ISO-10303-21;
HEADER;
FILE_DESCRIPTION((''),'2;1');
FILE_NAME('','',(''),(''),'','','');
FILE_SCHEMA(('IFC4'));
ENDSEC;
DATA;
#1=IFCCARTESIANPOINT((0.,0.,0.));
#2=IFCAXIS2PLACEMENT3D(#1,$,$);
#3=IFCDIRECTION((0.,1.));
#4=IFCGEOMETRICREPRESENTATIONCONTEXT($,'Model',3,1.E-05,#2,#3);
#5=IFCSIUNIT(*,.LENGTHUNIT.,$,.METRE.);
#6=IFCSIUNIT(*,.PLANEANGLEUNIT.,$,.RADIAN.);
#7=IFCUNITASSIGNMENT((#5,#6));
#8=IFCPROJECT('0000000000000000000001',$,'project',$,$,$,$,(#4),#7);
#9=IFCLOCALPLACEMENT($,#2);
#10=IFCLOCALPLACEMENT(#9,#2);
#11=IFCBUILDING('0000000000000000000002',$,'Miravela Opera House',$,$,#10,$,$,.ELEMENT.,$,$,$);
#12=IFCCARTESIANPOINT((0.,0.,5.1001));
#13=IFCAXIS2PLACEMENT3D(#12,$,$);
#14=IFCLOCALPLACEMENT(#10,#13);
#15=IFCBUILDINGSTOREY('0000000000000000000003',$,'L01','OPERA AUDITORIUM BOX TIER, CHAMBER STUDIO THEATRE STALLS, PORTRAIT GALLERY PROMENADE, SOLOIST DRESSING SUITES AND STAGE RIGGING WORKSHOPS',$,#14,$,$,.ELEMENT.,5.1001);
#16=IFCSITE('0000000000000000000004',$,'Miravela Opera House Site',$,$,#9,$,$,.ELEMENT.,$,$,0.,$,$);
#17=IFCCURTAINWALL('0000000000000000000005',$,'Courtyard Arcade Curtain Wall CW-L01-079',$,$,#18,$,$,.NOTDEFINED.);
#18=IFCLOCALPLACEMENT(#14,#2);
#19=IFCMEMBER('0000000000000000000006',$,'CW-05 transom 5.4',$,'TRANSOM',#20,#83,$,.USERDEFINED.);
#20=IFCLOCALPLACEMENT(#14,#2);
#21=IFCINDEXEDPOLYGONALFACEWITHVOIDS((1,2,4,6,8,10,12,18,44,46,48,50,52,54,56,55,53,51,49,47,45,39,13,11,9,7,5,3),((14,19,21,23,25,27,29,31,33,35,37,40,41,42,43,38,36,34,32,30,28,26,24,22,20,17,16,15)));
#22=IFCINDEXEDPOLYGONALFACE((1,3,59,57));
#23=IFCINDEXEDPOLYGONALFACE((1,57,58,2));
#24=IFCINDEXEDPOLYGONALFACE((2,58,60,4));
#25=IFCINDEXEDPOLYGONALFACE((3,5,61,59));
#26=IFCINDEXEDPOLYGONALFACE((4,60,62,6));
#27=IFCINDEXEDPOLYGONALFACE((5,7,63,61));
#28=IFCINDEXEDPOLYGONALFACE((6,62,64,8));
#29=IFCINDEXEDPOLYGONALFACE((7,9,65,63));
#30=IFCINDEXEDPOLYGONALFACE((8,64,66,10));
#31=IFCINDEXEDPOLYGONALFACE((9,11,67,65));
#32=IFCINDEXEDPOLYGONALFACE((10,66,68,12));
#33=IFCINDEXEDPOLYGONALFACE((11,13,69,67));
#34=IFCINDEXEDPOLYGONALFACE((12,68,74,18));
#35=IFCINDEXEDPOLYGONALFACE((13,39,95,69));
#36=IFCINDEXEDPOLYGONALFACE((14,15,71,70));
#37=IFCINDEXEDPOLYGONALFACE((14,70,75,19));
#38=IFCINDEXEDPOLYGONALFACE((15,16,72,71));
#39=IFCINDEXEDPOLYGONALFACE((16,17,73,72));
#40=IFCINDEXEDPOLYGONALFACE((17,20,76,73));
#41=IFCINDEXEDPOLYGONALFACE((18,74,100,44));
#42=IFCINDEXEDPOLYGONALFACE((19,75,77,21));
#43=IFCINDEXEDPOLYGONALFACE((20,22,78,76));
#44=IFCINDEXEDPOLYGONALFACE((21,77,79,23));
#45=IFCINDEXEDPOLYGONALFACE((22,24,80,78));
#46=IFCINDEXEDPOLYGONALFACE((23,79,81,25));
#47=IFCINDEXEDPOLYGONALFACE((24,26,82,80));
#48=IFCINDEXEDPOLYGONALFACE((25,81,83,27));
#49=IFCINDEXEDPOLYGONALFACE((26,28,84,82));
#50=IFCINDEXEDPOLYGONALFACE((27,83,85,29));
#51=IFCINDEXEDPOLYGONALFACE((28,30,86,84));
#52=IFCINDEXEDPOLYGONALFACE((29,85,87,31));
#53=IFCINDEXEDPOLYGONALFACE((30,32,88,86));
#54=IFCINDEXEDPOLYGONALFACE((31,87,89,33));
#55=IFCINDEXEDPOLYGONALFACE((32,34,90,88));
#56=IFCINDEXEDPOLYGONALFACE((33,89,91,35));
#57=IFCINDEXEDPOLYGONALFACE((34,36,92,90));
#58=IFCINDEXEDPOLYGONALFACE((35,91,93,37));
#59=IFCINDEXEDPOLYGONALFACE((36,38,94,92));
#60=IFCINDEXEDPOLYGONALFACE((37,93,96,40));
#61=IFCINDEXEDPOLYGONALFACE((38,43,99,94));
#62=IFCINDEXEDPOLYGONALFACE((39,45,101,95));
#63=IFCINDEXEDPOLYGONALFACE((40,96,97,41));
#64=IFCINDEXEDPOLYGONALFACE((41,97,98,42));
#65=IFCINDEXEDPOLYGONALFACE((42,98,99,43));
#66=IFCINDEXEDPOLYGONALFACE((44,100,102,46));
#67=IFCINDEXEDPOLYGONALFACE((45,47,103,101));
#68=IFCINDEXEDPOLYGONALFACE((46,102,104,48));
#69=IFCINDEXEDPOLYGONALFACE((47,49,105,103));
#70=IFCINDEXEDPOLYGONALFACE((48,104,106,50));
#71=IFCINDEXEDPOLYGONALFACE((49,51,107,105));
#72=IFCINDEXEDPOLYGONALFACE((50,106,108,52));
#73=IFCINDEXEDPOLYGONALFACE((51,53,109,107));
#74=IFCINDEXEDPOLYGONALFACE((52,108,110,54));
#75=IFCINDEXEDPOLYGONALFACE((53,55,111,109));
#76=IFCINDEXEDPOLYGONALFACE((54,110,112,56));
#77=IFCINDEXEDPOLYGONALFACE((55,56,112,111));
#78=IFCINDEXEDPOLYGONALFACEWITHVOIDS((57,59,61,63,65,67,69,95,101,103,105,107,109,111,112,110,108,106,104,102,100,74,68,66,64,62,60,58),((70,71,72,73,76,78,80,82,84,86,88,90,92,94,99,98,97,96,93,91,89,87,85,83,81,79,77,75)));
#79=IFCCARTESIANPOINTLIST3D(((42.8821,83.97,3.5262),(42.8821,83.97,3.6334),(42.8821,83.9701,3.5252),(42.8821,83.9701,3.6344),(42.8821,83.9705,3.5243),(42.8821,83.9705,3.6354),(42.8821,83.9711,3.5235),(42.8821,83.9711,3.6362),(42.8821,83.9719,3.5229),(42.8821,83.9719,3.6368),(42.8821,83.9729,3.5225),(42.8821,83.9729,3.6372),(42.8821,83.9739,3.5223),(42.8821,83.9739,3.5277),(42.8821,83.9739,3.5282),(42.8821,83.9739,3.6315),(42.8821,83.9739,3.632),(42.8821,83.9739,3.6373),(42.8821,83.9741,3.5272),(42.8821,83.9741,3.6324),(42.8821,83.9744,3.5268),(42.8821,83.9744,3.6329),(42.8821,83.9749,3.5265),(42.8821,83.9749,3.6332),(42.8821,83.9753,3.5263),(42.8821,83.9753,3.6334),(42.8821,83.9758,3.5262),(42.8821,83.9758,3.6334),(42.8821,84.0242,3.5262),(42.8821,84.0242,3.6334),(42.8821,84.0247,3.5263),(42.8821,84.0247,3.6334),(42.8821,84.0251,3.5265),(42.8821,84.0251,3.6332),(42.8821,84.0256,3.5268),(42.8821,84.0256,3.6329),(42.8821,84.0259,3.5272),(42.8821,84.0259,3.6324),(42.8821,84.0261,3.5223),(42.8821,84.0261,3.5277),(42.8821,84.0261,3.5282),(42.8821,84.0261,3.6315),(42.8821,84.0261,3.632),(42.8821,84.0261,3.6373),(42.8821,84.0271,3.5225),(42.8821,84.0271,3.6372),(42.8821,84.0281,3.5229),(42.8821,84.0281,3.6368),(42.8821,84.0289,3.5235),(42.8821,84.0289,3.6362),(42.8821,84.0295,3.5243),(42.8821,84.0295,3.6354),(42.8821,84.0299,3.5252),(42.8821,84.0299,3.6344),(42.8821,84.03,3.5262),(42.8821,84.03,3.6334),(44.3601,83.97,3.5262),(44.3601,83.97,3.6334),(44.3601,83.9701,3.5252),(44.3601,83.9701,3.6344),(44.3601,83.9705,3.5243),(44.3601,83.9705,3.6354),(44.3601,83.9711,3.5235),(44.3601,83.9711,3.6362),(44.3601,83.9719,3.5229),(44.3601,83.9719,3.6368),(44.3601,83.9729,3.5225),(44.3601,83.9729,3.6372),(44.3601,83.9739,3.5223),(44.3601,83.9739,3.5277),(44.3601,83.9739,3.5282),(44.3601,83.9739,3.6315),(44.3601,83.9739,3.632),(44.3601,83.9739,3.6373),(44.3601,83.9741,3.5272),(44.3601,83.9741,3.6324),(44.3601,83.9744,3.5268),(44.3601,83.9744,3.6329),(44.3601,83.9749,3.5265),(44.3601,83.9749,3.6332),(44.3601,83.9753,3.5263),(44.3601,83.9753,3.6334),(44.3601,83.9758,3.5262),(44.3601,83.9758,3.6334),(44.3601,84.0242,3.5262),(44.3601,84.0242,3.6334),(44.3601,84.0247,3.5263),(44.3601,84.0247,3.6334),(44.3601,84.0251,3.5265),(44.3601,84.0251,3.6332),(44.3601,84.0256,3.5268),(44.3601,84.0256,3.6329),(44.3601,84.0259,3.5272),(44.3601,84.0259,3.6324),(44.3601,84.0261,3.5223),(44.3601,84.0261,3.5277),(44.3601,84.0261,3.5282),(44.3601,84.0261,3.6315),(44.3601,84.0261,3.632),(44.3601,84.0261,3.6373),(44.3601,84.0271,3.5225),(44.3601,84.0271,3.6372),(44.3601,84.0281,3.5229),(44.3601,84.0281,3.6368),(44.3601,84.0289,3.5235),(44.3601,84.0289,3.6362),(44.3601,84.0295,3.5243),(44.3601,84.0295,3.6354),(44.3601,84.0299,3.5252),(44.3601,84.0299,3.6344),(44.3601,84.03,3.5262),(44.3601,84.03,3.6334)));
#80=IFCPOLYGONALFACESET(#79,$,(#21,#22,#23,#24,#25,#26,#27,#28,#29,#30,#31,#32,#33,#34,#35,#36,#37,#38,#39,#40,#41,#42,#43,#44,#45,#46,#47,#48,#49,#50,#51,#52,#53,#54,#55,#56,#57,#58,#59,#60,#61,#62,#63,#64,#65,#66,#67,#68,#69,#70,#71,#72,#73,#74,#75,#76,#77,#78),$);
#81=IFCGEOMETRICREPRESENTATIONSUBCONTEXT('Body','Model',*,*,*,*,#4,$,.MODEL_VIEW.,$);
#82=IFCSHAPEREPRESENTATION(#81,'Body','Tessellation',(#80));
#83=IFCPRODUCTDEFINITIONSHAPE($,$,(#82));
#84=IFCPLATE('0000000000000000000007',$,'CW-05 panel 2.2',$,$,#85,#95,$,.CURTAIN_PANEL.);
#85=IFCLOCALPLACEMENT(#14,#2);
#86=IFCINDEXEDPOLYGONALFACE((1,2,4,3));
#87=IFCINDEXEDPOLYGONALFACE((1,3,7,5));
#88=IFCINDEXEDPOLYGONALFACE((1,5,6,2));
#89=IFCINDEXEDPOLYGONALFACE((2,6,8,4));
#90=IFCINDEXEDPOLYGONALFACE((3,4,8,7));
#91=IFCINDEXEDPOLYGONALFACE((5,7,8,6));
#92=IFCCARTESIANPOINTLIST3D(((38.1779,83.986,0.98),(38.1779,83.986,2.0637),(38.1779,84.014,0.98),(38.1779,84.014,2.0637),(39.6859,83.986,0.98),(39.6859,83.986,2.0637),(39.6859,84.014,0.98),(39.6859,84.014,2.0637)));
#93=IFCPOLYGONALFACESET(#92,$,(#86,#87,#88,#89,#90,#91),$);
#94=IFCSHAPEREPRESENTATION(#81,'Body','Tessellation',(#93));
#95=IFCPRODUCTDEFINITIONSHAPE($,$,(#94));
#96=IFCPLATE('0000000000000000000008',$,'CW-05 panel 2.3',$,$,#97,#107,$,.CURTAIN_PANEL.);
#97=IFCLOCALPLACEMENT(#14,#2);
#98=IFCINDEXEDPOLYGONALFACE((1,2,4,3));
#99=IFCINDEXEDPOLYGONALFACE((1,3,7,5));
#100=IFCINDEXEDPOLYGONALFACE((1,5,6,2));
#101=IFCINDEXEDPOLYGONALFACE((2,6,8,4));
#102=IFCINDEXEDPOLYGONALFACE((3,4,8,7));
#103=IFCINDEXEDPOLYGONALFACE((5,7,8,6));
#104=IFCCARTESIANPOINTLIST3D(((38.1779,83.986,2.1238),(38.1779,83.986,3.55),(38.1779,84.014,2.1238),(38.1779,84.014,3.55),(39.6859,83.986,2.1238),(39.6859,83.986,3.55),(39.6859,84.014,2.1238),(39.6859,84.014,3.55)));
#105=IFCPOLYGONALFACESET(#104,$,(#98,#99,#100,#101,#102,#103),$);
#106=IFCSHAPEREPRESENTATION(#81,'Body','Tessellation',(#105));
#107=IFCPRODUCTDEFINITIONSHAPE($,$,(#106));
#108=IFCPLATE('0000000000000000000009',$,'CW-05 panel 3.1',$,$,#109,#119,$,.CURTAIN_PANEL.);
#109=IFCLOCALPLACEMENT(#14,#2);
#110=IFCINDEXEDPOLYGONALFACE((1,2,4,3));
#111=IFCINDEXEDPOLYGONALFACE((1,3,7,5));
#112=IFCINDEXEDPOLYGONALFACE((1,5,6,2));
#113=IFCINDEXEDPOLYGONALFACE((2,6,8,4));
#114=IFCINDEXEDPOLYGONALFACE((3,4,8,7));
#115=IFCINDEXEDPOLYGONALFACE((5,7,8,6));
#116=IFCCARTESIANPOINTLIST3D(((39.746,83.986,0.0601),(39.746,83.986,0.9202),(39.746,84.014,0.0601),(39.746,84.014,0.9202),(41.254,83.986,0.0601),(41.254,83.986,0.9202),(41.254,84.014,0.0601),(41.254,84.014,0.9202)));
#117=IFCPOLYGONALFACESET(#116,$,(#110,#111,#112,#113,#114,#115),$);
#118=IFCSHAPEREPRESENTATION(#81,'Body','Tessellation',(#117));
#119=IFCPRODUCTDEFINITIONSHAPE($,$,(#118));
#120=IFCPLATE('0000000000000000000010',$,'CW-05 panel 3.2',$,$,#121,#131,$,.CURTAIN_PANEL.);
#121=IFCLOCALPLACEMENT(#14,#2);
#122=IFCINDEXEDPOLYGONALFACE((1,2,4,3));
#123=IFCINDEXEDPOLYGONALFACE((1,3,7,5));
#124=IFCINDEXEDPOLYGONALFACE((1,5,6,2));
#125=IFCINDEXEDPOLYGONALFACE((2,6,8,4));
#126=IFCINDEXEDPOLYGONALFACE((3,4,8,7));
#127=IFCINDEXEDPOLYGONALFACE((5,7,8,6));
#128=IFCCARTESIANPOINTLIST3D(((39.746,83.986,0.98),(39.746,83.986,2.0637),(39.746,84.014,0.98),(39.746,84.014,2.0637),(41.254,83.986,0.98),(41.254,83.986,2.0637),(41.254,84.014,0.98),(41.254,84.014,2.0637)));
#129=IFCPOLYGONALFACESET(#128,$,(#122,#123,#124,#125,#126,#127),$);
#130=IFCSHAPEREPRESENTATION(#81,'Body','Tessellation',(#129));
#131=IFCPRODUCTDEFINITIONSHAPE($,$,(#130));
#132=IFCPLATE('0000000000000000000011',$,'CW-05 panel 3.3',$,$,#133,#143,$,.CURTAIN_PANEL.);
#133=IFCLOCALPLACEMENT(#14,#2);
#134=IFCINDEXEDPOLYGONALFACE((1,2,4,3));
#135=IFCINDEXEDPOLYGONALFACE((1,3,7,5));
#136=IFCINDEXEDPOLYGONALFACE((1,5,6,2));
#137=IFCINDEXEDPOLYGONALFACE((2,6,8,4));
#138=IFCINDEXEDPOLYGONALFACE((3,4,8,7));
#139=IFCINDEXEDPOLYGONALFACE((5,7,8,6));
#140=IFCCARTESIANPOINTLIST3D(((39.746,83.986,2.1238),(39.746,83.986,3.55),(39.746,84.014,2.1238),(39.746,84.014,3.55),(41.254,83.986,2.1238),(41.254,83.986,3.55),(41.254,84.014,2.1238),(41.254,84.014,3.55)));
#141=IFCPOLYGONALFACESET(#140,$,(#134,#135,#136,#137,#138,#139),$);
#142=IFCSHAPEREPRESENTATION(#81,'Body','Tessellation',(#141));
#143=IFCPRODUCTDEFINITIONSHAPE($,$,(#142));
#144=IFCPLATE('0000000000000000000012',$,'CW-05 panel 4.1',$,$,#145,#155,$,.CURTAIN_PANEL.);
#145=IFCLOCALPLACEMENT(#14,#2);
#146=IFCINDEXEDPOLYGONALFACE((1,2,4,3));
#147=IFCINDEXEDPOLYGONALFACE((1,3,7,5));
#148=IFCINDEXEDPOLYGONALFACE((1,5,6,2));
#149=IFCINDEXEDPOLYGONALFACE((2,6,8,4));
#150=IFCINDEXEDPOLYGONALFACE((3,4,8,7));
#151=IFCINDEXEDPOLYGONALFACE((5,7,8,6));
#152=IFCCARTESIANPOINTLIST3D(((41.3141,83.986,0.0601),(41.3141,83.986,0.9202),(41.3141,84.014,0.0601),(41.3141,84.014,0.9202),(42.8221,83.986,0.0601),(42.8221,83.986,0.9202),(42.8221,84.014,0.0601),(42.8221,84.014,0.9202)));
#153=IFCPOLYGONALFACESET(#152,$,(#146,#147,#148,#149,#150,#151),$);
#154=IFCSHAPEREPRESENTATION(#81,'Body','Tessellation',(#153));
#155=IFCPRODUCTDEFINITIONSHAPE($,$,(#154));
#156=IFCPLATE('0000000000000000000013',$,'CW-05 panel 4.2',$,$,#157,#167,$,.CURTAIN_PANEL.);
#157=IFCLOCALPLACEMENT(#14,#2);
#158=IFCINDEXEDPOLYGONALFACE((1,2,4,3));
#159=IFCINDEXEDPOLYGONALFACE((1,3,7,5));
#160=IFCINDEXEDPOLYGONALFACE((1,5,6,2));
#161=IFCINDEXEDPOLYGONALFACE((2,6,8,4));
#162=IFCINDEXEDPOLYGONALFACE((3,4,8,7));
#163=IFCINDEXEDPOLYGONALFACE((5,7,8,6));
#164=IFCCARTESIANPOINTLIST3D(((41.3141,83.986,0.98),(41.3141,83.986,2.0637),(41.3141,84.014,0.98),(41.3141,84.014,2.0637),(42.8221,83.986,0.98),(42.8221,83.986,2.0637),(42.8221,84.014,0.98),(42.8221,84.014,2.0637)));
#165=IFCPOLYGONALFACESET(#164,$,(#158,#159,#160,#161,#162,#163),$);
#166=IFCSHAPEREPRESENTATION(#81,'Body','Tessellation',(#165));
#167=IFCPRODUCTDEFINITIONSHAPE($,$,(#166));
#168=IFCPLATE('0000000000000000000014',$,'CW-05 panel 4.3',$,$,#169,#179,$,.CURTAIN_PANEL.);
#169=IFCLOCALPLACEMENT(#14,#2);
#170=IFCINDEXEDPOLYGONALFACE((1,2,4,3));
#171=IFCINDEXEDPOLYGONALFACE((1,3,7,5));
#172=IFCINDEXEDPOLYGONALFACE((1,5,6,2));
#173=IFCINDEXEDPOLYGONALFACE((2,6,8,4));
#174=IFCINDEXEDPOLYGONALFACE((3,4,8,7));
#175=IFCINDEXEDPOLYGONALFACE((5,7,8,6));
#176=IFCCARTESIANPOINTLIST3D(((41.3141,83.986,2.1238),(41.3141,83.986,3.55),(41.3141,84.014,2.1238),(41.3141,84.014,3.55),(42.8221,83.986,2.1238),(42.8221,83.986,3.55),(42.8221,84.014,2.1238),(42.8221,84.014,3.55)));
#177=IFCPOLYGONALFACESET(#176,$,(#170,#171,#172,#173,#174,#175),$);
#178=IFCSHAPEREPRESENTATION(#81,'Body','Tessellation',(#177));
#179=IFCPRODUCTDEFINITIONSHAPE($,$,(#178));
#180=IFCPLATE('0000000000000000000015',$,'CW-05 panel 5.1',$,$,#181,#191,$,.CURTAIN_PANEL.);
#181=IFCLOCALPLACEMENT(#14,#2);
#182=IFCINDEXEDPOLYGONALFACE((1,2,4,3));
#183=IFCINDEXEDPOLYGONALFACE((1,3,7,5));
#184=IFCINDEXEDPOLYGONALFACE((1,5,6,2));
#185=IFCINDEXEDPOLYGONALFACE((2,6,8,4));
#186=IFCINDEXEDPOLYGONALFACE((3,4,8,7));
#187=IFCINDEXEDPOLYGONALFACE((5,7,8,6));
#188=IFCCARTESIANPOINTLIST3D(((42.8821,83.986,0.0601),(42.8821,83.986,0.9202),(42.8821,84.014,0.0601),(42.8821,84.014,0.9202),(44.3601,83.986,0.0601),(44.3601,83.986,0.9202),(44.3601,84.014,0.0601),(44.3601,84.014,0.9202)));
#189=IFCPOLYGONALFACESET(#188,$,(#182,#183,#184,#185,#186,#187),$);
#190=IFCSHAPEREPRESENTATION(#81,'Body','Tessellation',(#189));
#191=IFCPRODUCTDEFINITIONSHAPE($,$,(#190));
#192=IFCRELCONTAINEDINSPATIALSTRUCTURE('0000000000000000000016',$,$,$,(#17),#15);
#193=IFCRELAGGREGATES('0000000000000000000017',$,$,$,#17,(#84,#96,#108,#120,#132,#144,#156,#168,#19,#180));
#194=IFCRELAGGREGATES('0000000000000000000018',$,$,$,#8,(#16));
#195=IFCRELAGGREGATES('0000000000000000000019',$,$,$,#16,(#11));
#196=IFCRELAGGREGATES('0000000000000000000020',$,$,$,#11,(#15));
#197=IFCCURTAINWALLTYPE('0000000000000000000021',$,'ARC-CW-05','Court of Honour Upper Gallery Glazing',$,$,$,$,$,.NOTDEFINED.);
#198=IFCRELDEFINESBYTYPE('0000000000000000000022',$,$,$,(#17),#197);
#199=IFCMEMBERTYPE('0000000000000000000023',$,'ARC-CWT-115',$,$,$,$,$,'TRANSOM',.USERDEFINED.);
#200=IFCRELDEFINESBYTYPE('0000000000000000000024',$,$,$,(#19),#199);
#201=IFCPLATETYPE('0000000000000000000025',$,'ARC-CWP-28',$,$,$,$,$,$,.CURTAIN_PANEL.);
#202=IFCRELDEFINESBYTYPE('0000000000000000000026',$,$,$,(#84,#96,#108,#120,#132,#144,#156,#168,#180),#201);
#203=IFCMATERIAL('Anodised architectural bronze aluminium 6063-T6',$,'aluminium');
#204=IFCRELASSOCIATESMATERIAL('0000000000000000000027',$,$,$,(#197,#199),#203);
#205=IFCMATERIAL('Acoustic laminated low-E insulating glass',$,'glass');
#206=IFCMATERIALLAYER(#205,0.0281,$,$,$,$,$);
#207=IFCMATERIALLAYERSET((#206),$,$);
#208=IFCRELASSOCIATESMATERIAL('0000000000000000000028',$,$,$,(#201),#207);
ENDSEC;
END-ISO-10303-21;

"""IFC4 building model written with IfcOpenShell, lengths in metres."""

from ifc_helpers import new_model, si_unit, direction, frame, origin, origin_2d, place, context, subcontext, project, spatial, rectangle, hollow_rectangle, extrude, material, layer, layer_set, material_profile, profile_set, type_object, element, aggregate, save


model = new_model("IFC4")

# Units and contexts
model_context = context("Model", 3, precision=1e-05, world=origin(), true_north=direction((0.0, 1.0)))
body_context = subcontext(model_context, "Body", "Model", "MODEL_VIEW")
ifc_project = project(units=[si_unit("LENGTHUNIT", "METRE"), si_unit("PLANEANGLEUNIT", "RADIAN")], contexts=[model_context])

# Site, building, storey
site_placement = place(None, origin())
site = spatial("IfcSite", under=ifc_project, at=site_placement, Name="Miravela Opera House Site", CompositionType="ELEMENT", RefElevation=0.0)
building_placement = place(site_placement, origin())
building = spatial("IfcBuilding", under=site, at=building_placement, Name="Miravela Opera House", CompositionType="ELEMENT")
storey_placement = place(building_placement, frame((0.0, 0.0, 5.1001)))
storey = spatial("IfcBuildingStorey", under=building, at=storey_placement, Name="L01", Description="OPERA AUDITORIUM BOX TIER, CHAMBER STUDIO THEATRE STALLS, PORTRAIT GALLERY PROMENADE, SOLOIST DRESSING SUITES AND STAGE RIGGING WORKSHOPS", CompositionType="ELEMENT", Elevation=5.1001)

# Curtain wall, member, plates
ifc_material_1 = material(Name="Anodised architectural bronze aluminium 6063-T6", Category="aluminium")
curtain_wall_type = type_object("IfcCurtainWallType", Name="ARC-CW-05", Description="Court of Honour Upper Gallery Glazing", PredefinedType="NOTDEFINED", material=ifc_material_1)
curtain_wall_placement = place(storey_placement, origin())
curtain_wall = element("IfcCurtainWall", 1, at=curtain_wall_placement, inside=storey, type_object=curtain_wall_type, Name="Courtyard Arcade Curtain Wall CW-L01-079", PredefinedType="NOTDEFINED")
ifc_material_profile_1 = material_profile(ifc_material_1, hollow_rectangle(XDim=0.0601, YDim=0.115, WallThickness=0.0039, InnerFilletRadius=0.002, OuterFilletRadius=0.0039, at=origin_2d()), Name="CWT-60X115")
ifc_profile_set_1 = profile_set([ifc_material_profile_1])
member_type_1 = type_object("IfcMemberType", Name="ARC-CWT-115", ElementType="TRANSOM", PredefinedType="USERDEFINED", material=ifc_profile_set_1)
member_1_placement = place(storey_placement, frame((42.8821, 84.0, 3.5798), z_axis=(1.0, 0.0, 0.0), x_axis=(0.0, 1.0, 0.0)))
member_1 = element("IfcMember", 2, at=member_1_placement, type_object=member_type_1, Name="CW-05 transom 5.4", ObjectType="TRANSOM", PredefinedType="USERDEFINED", context=body_context, shape_type="SweptSolid", body=[
    extrude(hollow_rectangle(XDim=0.0601, YDim=0.115, WallThickness=0.0039, InnerFilletRadius=0.002, OuterFilletRadius=0.0039, at=origin_2d()), origin(), (0.0, 0.0, 1.0), 1.478),
])
ifc_material_2 = material(Name="Acoustic laminated low-E insulating glass", Category="glass")
ifc_layer = layer(ifc_material_2, 0.0281)
ifc_layer_set = layer_set([ifc_layer])
plate_type = type_object("IfcPlateType", Name="ARC-CWP-28", PredefinedType="CURTAIN_PANEL", material=ifc_layer_set)
plate_1_placement = place(storey_placement, frame((38.9319, 84.0, 0.98), z_axis=(0.0, 0.0, 1.0), x_axis=(1.0, 0.0, 0.0)))
plate_1 = element("IfcPlate", 3, at=plate_1_placement, type_object=plate_type, Name="CW-05 panel 2.2", PredefinedType="CURTAIN_PANEL", context=body_context, shape_type="SweptSolid", body=[
    extrude(rectangle(XDim=1.5081, YDim=0.0281, at=origin_2d()), origin(), (0.0, 0.0, 1.0), 1.0837),
])
plate_2_placement = place(storey_placement, frame((38.9319, 84.0, 2.1238), z_axis=(0.0, 0.0, 1.0), x_axis=(1.0, 0.0, 0.0)))
plate_2 = element("IfcPlate", 4, at=plate_2_placement, type_object=plate_type, Name="CW-05 panel 2.3", PredefinedType="CURTAIN_PANEL", context=body_context, shape_type="SweptSolid", body=[
    extrude(rectangle(XDim=1.5081, YDim=0.0281, at=origin_2d()), origin(), (0.0, 0.0, 1.0), 1.4263),
])
plate_3_placement = place(storey_placement, frame((40.5, 84.0, 0.0601), z_axis=(0.0, 0.0, 1.0), x_axis=(1.0, 0.0, 0.0)))
plate_3 = element("IfcPlate", 5, at=plate_3_placement, type_object=plate_type, Name="CW-05 panel 3.1", PredefinedType="CURTAIN_PANEL", context=body_context, shape_type="SweptSolid", body=[
    extrude(rectangle(XDim=1.5081, YDim=0.0281, at=origin_2d()), origin(), (0.0, 0.0, 1.0), 0.8601),
])
plate_4_placement = place(storey_placement, frame((40.5, 84.0, 0.98), z_axis=(0.0, 0.0, 1.0), x_axis=(1.0, 0.0, 0.0)))
plate_4 = element("IfcPlate", 6, at=plate_4_placement, type_object=plate_type, Name="CW-05 panel 3.2", PredefinedType="CURTAIN_PANEL", context=body_context, shape_type="SweptSolid", body=[
    extrude(rectangle(XDim=1.5081, YDim=0.0281, at=origin_2d()), origin(), (0.0, 0.0, 1.0), 1.0837),
])
plate_5_placement = place(storey_placement, frame((40.5, 84.0, 2.1238), z_axis=(0.0, 0.0, 1.0), x_axis=(1.0, 0.0, 0.0)))
plate_5 = element("IfcPlate", 7, at=plate_5_placement, type_object=plate_type, Name="CW-05 panel 3.3", PredefinedType="CURTAIN_PANEL", context=body_context, shape_type="SweptSolid", body=[
    extrude(rectangle(XDim=1.5081, YDim=0.0281, at=origin_2d()), origin(), (0.0, 0.0, 1.0), 1.4263),
])
plate_6_placement = place(storey_placement, frame((42.0681, 84.0, 0.0601), z_axis=(0.0, 0.0, 1.0), x_axis=(1.0, 0.0, 0.0)))
plate_6 = element("IfcPlate", 8, at=plate_6_placement, type_object=plate_type, Name="CW-05 panel 4.1", PredefinedType="CURTAIN_PANEL", context=body_context, shape_type="SweptSolid", body=[
    extrude(rectangle(XDim=1.5081, YDim=0.0281, at=origin_2d()), origin(), (0.0, 0.0, 1.0), 0.8601),
])
plate_7_placement = place(storey_placement, frame((42.0681, 84.0, 0.98), z_axis=(0.0, 0.0, 1.0), x_axis=(1.0, 0.0, 0.0)))
plate_7 = element("IfcPlate", 9, at=plate_7_placement, type_object=plate_type, Name="CW-05 panel 4.2", PredefinedType="CURTAIN_PANEL", context=body_context, shape_type="SweptSolid", body=[
    extrude(rectangle(XDim=1.5081, YDim=0.0281, at=origin_2d()), origin(), (0.0, 0.0, 1.0), 1.0837),
])
plate_8_placement = place(storey_placement, frame((42.0681, 84.0, 2.1238), z_axis=(0.0, 0.0, 1.0), x_axis=(1.0, 0.0, 0.0)))
plate_8 = element("IfcPlate", 10, at=plate_8_placement, type_object=plate_type, Name="CW-05 panel 4.3", PredefinedType="CURTAIN_PANEL", context=body_context, shape_type="SweptSolid", body=[
    extrude(rectangle(XDim=1.5081, YDim=0.0281, at=origin_2d()), origin(), (0.0, 0.0, 1.0), 1.4263),
])
plate_9_placement = place(storey_placement, frame((43.6211, 84.0, 0.0601), z_axis=(0.0, 0.0, 1.0), x_axis=(1.0, 0.0, 0.0)))
plate_9 = element("IfcPlate", 11, at=plate_9_placement, type_object=plate_type, Name="CW-05 panel 5.1", PredefinedType="CURTAIN_PANEL", context=body_context, shape_type="SweptSolid", body=[
    extrude(rectangle(XDim=1.478, YDim=0.0281, at=origin_2d()), origin(), (0.0, 0.0, 1.0), 0.8601),
])
aggregate(curtain_wall, [plate_1, plate_2, plate_3, plate_4, plate_5, plate_6, plate_7, plate_8, member_1, plate_9])

save(model, "model.ifc")
